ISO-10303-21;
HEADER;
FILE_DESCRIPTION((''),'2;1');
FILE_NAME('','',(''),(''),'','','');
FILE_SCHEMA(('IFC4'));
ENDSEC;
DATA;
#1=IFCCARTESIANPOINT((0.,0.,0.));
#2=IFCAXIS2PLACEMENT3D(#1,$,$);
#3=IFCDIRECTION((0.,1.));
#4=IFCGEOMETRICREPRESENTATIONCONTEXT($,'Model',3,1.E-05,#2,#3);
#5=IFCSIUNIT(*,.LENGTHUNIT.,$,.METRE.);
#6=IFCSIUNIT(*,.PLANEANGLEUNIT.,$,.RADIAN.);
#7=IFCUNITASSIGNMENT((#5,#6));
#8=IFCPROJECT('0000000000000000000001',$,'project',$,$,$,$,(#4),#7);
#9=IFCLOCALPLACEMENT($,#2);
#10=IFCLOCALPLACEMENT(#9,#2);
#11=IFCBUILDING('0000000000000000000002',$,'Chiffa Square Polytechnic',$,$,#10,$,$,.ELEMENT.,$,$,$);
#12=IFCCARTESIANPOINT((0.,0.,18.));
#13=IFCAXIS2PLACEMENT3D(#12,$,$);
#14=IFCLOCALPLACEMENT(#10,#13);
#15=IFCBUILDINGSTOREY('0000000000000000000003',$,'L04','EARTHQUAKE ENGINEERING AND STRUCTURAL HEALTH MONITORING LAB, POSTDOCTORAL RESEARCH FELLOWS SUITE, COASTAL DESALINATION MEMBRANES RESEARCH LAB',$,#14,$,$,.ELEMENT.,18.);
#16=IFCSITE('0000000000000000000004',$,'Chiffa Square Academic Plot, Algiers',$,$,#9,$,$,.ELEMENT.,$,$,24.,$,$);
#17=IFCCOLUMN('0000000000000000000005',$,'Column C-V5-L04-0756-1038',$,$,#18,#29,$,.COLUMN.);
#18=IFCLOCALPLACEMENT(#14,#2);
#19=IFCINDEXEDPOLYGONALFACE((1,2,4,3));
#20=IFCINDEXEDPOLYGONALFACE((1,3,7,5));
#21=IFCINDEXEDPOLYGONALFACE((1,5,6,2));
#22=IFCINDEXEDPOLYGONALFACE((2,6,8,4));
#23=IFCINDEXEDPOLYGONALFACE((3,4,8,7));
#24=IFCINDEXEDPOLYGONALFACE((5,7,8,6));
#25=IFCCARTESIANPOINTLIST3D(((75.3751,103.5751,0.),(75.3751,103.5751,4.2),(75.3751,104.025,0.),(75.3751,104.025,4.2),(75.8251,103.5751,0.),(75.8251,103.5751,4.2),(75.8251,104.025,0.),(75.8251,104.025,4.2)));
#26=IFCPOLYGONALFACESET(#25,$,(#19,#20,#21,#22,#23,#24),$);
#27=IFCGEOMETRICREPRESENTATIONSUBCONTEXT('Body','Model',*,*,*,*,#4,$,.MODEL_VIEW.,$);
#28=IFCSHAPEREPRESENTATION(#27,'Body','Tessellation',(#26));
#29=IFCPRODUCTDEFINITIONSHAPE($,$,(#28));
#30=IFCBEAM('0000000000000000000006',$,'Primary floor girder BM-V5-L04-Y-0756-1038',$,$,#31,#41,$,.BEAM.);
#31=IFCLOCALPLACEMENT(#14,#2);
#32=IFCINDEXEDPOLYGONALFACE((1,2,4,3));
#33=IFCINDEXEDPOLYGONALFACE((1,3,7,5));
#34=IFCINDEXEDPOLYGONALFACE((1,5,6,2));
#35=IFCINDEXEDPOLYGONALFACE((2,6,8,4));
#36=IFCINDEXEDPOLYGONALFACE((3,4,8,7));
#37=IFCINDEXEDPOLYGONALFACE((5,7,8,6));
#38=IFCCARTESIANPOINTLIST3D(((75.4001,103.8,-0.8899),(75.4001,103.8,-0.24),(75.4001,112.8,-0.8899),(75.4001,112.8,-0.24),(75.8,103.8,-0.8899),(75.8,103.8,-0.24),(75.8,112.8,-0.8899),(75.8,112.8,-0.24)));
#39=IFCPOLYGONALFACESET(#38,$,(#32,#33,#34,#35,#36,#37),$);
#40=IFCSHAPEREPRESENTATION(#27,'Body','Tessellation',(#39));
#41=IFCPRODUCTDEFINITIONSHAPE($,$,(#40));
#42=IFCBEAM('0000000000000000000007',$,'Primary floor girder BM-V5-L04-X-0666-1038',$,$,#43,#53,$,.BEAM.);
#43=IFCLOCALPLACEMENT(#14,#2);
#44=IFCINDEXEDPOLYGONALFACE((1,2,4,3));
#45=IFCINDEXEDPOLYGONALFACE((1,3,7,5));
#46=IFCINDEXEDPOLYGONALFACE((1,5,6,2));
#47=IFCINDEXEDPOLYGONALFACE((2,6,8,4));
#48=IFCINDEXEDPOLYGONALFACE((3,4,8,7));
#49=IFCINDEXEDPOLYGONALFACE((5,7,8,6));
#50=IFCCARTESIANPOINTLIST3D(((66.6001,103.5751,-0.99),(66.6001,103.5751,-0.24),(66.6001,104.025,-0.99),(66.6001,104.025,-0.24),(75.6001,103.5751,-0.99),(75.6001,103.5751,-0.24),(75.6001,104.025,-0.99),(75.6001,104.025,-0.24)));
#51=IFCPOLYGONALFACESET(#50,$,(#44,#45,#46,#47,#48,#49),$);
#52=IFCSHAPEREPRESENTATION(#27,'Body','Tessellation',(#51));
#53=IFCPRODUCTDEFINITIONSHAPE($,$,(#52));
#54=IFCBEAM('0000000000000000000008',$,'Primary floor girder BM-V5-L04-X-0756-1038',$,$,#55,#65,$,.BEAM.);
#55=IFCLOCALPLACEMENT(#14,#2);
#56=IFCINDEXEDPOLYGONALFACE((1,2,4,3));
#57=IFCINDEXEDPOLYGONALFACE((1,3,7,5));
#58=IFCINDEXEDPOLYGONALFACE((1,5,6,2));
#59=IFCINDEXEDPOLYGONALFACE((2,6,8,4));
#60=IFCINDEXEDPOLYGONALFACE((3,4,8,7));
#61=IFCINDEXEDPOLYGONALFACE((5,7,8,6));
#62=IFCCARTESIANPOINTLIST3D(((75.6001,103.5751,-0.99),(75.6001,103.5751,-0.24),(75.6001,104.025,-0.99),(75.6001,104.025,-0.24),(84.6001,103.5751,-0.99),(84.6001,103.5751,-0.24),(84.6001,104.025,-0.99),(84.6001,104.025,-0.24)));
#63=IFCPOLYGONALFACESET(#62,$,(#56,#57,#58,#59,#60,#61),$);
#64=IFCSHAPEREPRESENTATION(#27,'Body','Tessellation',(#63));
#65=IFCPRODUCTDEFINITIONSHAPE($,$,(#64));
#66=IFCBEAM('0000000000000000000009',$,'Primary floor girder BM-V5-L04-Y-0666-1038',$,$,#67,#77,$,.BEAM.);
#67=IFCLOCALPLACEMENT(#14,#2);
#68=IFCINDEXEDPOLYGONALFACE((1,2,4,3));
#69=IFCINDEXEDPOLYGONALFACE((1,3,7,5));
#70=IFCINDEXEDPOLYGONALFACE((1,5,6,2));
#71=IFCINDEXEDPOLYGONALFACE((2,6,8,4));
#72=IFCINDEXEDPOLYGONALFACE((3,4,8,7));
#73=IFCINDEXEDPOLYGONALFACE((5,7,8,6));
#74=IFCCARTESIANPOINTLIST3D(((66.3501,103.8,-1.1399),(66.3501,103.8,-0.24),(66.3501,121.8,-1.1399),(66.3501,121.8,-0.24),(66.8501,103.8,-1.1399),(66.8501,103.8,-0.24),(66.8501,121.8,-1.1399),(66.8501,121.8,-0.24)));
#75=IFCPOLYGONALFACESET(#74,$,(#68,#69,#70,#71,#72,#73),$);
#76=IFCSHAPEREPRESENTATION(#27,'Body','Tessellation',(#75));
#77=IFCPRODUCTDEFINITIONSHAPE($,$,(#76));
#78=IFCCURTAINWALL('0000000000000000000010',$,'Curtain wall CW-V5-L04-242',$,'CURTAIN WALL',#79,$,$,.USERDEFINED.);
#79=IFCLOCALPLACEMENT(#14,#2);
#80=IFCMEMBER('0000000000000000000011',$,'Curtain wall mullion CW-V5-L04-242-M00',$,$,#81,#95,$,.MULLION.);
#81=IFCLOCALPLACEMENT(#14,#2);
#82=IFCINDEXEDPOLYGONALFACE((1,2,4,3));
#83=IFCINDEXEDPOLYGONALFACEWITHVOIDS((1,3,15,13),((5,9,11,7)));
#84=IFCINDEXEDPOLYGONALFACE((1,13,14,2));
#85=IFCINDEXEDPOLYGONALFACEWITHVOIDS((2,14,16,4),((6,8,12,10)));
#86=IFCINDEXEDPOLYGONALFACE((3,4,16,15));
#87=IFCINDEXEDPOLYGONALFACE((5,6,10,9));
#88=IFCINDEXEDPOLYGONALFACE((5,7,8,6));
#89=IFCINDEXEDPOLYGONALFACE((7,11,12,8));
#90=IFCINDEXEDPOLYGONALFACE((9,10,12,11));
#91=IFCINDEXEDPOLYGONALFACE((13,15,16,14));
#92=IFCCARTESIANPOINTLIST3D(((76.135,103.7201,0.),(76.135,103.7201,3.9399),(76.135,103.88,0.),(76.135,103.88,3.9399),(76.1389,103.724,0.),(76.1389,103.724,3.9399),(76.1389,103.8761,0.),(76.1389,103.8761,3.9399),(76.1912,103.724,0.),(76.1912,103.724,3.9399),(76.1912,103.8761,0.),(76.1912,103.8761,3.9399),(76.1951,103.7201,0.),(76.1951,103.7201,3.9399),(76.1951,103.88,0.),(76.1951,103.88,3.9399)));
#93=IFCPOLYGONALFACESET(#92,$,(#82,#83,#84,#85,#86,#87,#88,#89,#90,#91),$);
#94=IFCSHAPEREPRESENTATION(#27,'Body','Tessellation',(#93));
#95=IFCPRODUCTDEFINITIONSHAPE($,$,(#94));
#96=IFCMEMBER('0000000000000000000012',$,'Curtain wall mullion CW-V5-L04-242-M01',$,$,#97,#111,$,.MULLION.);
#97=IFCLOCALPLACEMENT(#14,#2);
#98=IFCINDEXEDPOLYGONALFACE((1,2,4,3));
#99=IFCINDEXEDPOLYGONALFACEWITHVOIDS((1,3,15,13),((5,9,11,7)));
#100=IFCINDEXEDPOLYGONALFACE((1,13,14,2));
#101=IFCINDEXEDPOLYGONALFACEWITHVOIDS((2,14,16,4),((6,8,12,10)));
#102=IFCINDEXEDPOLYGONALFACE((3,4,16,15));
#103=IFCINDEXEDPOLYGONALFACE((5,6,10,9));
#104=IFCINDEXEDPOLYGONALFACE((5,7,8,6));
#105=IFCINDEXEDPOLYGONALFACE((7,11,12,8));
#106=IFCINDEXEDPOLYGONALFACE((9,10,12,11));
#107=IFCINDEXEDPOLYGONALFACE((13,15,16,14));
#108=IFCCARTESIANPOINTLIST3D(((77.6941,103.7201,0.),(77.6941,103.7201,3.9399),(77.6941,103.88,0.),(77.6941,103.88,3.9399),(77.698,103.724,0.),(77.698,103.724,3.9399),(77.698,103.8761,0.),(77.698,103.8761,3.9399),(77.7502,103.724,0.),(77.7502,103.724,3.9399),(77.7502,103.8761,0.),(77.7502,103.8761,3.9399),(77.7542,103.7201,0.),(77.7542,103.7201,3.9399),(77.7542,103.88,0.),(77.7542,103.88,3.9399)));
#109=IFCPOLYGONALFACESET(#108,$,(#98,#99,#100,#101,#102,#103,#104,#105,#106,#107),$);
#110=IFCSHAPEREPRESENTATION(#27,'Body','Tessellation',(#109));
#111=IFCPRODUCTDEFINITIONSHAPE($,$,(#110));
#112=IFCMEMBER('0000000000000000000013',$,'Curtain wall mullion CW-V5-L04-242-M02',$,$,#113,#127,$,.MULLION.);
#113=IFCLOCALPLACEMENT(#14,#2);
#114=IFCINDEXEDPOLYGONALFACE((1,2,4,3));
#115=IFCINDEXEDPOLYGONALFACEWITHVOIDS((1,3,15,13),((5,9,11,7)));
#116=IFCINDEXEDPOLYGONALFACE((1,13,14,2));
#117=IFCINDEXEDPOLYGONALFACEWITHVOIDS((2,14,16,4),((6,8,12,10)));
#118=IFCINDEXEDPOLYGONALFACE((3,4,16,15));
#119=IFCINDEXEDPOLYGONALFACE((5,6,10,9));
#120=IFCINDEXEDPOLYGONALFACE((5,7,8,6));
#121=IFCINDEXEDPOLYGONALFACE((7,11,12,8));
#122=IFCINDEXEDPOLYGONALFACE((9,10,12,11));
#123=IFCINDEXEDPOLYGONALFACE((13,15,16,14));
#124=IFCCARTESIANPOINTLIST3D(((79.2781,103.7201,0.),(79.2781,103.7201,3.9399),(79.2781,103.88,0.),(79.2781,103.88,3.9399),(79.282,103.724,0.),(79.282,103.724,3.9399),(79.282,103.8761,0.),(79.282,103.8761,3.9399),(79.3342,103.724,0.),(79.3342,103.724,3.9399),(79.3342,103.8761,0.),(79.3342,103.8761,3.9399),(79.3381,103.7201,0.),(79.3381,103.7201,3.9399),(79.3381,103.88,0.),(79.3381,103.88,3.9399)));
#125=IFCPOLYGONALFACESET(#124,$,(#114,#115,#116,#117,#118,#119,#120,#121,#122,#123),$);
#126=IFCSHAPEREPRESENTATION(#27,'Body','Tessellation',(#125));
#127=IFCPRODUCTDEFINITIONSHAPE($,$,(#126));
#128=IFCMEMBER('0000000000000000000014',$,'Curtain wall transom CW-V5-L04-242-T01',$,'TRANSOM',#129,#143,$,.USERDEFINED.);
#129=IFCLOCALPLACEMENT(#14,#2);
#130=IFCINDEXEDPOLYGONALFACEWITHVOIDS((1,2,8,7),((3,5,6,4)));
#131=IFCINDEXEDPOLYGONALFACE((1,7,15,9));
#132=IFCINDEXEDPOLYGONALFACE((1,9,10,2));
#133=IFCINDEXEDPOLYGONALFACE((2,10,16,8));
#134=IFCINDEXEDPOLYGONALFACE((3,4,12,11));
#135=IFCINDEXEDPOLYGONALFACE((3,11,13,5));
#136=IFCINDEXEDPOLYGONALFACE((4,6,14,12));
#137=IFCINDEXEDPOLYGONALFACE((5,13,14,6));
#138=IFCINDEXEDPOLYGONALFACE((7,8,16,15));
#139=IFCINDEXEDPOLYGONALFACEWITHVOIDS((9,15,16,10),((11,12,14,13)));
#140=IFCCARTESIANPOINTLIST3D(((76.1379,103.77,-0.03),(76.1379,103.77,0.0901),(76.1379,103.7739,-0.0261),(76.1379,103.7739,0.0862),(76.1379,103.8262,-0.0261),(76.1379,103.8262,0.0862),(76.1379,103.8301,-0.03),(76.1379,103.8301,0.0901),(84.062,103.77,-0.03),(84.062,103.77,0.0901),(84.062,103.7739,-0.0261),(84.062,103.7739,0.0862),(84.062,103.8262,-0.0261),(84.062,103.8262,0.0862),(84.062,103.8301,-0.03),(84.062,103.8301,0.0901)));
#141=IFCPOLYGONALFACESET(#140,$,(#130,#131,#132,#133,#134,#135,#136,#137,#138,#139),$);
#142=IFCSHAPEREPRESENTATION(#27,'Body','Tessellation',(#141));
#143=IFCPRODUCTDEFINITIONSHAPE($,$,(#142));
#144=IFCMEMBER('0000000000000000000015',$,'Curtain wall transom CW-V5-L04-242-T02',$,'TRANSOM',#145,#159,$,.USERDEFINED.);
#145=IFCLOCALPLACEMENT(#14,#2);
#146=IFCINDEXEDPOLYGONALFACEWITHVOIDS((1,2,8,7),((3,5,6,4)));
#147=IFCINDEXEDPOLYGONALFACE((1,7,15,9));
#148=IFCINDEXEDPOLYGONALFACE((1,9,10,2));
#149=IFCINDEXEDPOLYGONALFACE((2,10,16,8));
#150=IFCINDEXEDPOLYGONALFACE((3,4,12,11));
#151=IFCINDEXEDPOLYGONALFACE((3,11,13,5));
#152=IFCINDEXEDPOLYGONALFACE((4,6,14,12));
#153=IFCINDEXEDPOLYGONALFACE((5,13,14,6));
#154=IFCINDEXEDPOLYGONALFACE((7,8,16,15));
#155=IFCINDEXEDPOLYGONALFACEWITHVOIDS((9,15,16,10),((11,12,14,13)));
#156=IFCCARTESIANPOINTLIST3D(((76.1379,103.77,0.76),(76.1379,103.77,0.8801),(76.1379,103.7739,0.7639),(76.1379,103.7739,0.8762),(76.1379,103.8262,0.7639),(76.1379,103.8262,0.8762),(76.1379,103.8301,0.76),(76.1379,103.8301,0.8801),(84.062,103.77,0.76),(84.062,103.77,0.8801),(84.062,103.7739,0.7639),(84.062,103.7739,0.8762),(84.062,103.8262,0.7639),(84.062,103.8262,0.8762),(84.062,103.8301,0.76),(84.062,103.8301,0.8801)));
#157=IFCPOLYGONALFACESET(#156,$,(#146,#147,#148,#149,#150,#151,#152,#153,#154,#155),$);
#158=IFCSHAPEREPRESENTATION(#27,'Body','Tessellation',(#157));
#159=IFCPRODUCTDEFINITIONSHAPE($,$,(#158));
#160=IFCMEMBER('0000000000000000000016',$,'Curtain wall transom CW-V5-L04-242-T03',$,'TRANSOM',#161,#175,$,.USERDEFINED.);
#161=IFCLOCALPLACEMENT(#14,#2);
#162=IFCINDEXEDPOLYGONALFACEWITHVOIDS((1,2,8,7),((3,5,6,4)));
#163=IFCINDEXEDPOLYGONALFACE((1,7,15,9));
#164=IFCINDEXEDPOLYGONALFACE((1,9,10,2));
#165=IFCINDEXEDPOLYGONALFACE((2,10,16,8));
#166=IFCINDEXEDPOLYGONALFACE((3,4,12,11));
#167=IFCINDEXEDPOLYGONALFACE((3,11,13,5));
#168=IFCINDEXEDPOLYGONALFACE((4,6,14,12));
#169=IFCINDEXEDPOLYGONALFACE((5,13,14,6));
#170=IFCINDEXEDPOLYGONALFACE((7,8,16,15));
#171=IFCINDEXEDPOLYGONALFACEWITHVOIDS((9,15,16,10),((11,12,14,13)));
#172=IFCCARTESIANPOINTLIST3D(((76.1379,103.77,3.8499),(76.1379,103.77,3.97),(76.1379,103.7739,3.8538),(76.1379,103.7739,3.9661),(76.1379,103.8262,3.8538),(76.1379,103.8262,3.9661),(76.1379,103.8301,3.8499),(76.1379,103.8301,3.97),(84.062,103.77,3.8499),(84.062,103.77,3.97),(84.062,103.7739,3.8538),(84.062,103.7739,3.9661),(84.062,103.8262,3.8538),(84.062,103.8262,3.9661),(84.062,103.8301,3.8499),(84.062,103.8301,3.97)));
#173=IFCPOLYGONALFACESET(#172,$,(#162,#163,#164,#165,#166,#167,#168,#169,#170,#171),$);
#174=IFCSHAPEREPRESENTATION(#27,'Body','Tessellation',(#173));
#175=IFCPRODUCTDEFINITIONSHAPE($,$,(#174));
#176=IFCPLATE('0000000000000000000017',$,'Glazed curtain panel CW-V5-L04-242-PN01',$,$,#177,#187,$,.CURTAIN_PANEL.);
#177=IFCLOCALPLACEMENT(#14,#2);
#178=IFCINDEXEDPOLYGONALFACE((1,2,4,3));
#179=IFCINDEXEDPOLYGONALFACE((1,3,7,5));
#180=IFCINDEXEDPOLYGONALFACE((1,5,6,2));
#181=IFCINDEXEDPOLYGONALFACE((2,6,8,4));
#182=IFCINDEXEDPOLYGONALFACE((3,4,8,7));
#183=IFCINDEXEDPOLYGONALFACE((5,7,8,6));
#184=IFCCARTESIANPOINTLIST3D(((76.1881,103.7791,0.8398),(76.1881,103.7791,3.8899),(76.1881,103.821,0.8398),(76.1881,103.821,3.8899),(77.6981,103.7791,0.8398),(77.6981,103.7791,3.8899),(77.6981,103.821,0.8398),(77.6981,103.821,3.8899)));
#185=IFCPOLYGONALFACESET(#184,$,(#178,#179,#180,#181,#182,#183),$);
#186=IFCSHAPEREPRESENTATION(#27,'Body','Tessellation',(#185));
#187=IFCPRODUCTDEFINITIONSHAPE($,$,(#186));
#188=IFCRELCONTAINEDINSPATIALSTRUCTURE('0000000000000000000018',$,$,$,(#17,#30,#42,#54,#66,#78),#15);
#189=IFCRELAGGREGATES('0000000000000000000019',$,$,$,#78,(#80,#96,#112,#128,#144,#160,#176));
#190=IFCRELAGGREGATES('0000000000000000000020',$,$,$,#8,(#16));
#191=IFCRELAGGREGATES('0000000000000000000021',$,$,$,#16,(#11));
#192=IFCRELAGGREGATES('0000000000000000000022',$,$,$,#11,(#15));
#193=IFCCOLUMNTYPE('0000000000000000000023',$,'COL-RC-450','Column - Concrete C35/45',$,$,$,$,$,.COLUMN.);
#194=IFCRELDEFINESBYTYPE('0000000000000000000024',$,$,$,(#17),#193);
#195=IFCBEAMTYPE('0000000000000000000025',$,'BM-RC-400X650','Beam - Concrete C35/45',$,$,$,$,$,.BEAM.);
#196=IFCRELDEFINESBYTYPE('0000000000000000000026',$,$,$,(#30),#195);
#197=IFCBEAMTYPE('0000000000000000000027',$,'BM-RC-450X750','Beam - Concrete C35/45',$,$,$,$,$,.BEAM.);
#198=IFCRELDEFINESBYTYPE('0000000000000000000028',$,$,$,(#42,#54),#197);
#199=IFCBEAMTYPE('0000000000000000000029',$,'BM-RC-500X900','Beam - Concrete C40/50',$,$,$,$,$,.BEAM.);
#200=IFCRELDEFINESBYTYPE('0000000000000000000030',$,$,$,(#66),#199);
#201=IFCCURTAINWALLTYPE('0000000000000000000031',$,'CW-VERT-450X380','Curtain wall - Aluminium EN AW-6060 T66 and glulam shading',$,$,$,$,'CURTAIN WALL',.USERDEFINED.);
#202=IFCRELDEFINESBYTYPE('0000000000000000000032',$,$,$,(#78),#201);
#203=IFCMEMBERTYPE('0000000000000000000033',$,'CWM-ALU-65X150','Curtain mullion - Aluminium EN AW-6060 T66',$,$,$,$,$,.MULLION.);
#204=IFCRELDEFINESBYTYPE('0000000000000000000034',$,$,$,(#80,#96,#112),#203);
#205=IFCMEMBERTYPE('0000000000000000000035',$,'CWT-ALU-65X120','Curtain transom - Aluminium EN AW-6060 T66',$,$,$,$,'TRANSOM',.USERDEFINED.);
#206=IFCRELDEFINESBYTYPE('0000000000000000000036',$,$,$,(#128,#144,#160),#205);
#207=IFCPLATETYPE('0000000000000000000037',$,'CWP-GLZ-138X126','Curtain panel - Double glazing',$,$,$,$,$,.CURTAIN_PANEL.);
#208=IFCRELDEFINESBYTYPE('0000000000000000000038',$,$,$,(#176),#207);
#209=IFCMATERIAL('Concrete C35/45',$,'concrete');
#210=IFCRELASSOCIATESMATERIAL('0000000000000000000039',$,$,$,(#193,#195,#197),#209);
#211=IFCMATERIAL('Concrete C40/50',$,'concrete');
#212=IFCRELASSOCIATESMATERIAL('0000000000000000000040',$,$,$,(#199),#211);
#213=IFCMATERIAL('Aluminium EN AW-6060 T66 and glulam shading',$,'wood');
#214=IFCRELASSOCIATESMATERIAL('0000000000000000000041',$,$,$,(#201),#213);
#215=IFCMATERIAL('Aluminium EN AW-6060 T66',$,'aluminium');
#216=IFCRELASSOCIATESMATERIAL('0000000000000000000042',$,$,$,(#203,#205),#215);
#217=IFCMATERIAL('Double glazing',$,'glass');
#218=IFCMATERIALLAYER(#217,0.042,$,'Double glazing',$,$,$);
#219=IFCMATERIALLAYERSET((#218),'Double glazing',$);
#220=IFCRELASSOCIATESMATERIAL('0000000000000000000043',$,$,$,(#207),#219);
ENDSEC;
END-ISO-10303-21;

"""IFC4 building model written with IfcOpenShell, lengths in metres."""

from ifc_helpers import new_model, si_unit, direction, frame, origin, origin_2d, place, context, subcontext, project, spatial, rectangle, hollow_rectangle, extrude, material, layer, layer_set, material_profile, profile_set, type_object, element, aggregate, save


model = new_model("IFC4")

# Units and contexts
model_context = context("Model", 3, precision=1e-05, world=origin(), true_north=direction((0.0, 1.0)))
body_context = subcontext(model_context, "Body", "Model", "MODEL_VIEW")
ifc_project = project(units=[si_unit("LENGTHUNIT", "METRE"), si_unit("PLANEANGLEUNIT", "RADIAN")], contexts=[model_context])

# Site, building, storey
site_placement = place(None, origin())
site = spatial("IfcSite", under=ifc_project, at=site_placement, Name="Chiffa Square Academic Plot, Algiers", CompositionType="ELEMENT", RefElevation=24.0)
building_placement = place(site_placement, origin())
building = spatial("IfcBuilding", under=site, at=building_placement, Name="Chiffa Square Polytechnic", CompositionType="ELEMENT")
storey_placement = place(building_placement, frame((0.0, 0.0, 18.0)))
storey = spatial("IfcBuildingStorey", under=building, at=storey_placement, Name="L04", Description="EARTHQUAKE ENGINEERING AND STRUCTURAL HEALTH MONITORING LAB, POSTDOCTORAL RESEARCH FELLOWS SUITE, COASTAL DESALINATION MEMBRANES RESEARCH LAB", CompositionType="ELEMENT", Elevation=18.0)

# Column
ifc_material_1 = material(Name="Concrete C35/45", Category="concrete")
ifc_material_profile_1 = material_profile(ifc_material_1, rectangle(XDim=0.45, YDim=0.45, at=origin_2d()), Name="RC 450x450")
ifc_profile_set_1 = profile_set([ifc_material_profile_1], Name="Concrete C35/45")
column_type = type_object("IfcColumnType", Name="COL-RC-450", Description="Column - Concrete C35/45", PredefinedType="COLUMN", material=ifc_profile_set_1)
column_placement = place(storey_placement, frame((75.6001, 103.8, 0.0), z_axis=(0.0, 0.0, 1.0), x_axis=(1.0, 0.0, 0.0)))
element("IfcColumn", 1, at=column_placement, inside=storey, type_object=column_type, Name="Column C-V5-L04-0756-1038", PredefinedType="COLUMN", context=body_context, shape_type="SweptSolid", body=[
    extrude(rectangle(XDim=0.45, YDim=0.45, at=origin_2d()), origin(), (0.0, 0.0, 1.0), 4.2),
])

# Beams
ifc_material_profile_2 = material_profile(ifc_material_1, rectangle(XDim=0.3999, YDim=0.6499, at=origin_2d()), Name="RC 400x650")
ifc_profile_set_2 = profile_set([ifc_material_profile_2], Name="Concrete C35/45")
beam_type_1 = type_object("IfcBeamType", Name="BM-RC-400X650", Description="Beam - Concrete C35/45", PredefinedType="BEAM", material=ifc_profile_set_2)
beam_1_placement = place(storey_placement, frame((75.6001, 103.8, -0.5649), z_axis=(0.0, 1.0, 0.0), x_axis=(-1.0, 0.0, 0.0)))
element("IfcBeam", 2, at=beam_1_placement, inside=storey, type_object=beam_type_1, Name="Primary floor girder BM-V5-L04-Y-0756-1038", PredefinedType="BEAM", context=body_context, shape_type="SweptSolid", body=[
    extrude(rectangle(XDim=0.3999, YDim=0.6499, at=origin_2d()), origin(), (0.0, 0.0, 1.0), 9.0),
])
ifc_material_profile_3 = material_profile(ifc_material_1, rectangle(XDim=0.45, YDim=0.75, at=origin_2d()), Name="RC 450x750")
ifc_profile_set_3 = profile_set([ifc_material_profile_3], Name="Concrete C35/45")
beam_type_2 = type_object("IfcBeamType", Name="BM-RC-450X750", Description="Beam - Concrete C35/45", PredefinedType="BEAM", material=ifc_profile_set_3)
for number, where, z_axis, x_axis, name in (
    (3, (66.6001, 103.8, -0.615), (1.0, 0.0, 0.0), (0.0, 1.0, 0.0), "Primary floor girder BM-V5-L04-X-0666-1038"),
    (4, (75.6001, 103.8, -0.615), (1.0, 0.0, 0.0), (0.0, 1.0, 0.0), "Primary floor girder BM-V5-L04-X-0756-1038"),
):
    element("IfcBeam", number, at=place(storey_placement, frame(where, z_axis=z_axis, x_axis=x_axis)), inside=storey, type_object=beam_type_2, Name=name, PredefinedType="BEAM", context=body_context, shape_type="SweptSolid", body=[
        extrude(rectangle(XDim=0.45, YDim=0.75, at=origin_2d()), origin(), (0.0, 0.0, 1.0), 9.0),
    ])
ifc_material_2 = material(Name="Concrete C40/50", Category="concrete")
ifc_material_profile_4 = material_profile(ifc_material_2, rectangle(XDim=0.5, YDim=0.8999, at=origin_2d()), Name="RC 500x900")
ifc_profile_set_4 = profile_set([ifc_material_profile_4], Name="Concrete C40/50")
beam_type_3 = type_object("IfcBeamType", Name="BM-RC-500X900", Description="Beam - Concrete C40/50", PredefinedType="BEAM", material=ifc_profile_set_4)
beam_2_placement = place(storey_placement, frame((66.6001, 103.8, -0.6899), z_axis=(0.0, 1.0, 0.0), x_axis=(-1.0, 0.0, 0.0)))
element("IfcBeam", 5, at=beam_2_placement, inside=storey, type_object=beam_type_3, Name="Primary floor girder BM-V5-L04-Y-0666-1038", PredefinedType="BEAM", context=body_context, shape_type="SweptSolid", body=[
    extrude(rectangle(XDim=0.5, YDim=0.8999, at=origin_2d()), origin(), (0.0, 0.0, 1.0), 18.0),
])

# Curtain wall, members, plate
ifc_material_3 = material(Name="Aluminium EN AW-6060 T66 and glulam shading", Category="wood")
curtain_wall_type = type_object("IfcCurtainWallType", Name="CW-VERT-450X380", Description="Curtain wall - Aluminium EN AW-6060 T66 and glulam shading", ElementType="CURTAIN WALL", PredefinedType="USERDEFINED", material=ifc_material_3)
curtain_wall_placement = place(storey_placement, origin())
curtain_wall = element("IfcCurtainWall", 6, at=curtain_wall_placement, inside=storey, type_object=curtain_wall_type, Name="Curtain wall CW-V5-L04-242", ObjectType="CURTAIN WALL", PredefinedType="USERDEFINED")
ifc_material_4 = material(Name="Aluminium EN AW-6060 T66", Category="aluminium")
ifc_material_profile_5 = material_profile(ifc_material_4, hollow_rectangle(XDim=0.0601, YDim=0.1599, WallThickness=0.0039, at=origin_2d()), Name="ALU 60x160x4")
ifc_profile_set_5 = profile_set([ifc_material_profile_5], Name="Aluminium EN AW-6060 T66")
member_type_1 = type_object("IfcMemberType", Name="CWM-ALU-65X150", Description="Curtain mullion - Aluminium EN AW-6060 T66", PredefinedType="MULLION", material=ifc_profile_set_5)
member_1_placement = place(storey_placement, frame((76.165, 103.8, 0.0), z_axis=(0.0, 0.0, 1.0), x_axis=(1.0, 0.0, 0.0)))
member_1 = element("IfcMember", 7, at=member_1_placement, type_object=member_type_1, Name="Curtain wall mullion CW-V5-L04-242-M00", PredefinedType="MULLION", context=body_context, shape_type="SweptSolid", body=[
    extrude(hollow_rectangle(XDim=0.0601, YDim=0.1599, WallThickness=0.0039, at=origin_2d()), origin(), (0.0, 0.0, 1.0), 3.9399),
])
member_2_placement = place(storey_placement, frame((77.7241, 103.8, 0.0), z_axis=(0.0, 0.0, 1.0), x_axis=(1.0, 0.0, 0.0)))
member_2 = element("IfcMember", 8, at=member_2_placement, type_object=member_type_1, Name="Curtain wall mullion CW-V5-L04-242-M01", PredefinedType="MULLION", context=body_context, shape_type="SweptSolid", body=[
    extrude(hollow_rectangle(XDim=0.0601, YDim=0.1599, WallThickness=0.0039, at=origin_2d()), origin(), (0.0, 0.0, 1.0), 3.9399),
])
member_3_placement = place(storey_placement, frame((79.3081, 103.8, 0.0), z_axis=(0.0, 0.0, 1.0), x_axis=(1.0, 0.0, 0.0)))
member_3 = element("IfcMember", 9, at=member_3_placement, type_object=member_type_1, Name="Curtain wall mullion CW-V5-L04-242-M02", PredefinedType="MULLION", context=body_context, shape_type="SweptSolid", body=[
    extrude(hollow_rectangle(XDim=0.0601, YDim=0.1599, WallThickness=0.0039, at=origin_2d()), origin(), (0.0, 0.0, 1.0), 3.9399),
])
ifc_material_profile_6 = material_profile(ifc_material_4, hollow_rectangle(XDim=0.0601, YDim=0.1201, WallThickness=0.0039, at=origin_2d()), Name="ALU 60x120x4")
ifc_profile_set_6 = profile_set([ifc_material_profile_6], Name="Aluminium EN AW-6060 T66")
member_type_2 = type_object("IfcMemberType", Name="CWT-ALU-65X120", Description="Curtain transom - Aluminium EN AW-6060 T66", ElementType="TRANSOM", PredefinedType="USERDEFINED", material=ifc_profile_set_6)
member_4_placement = place(storey_placement, frame((76.1379, 103.8, 0.03), z_axis=(1.0, 0.0, 0.0), x_axis=(0.0, 1.0, 0.0)))
member_4 = element("IfcMember", 10, at=member_4_placement, type_object=member_type_2, Name="Curtain wall transom CW-V5-L04-242-T01", ObjectType="TRANSOM", PredefinedType="USERDEFINED", context=body_context, shape_type="SweptSolid", body=[
    extrude(hollow_rectangle(XDim=0.0601, YDim=0.1201, WallThickness=0.0039, at=origin_2d()), origin(), (0.0, 0.0, 1.0), 7.9241),
])
member_5_placement = place(storey_placement, frame((76.1379, 103.8, 0.8201), z_axis=(1.0, 0.0, 0.0), x_axis=(0.0, 1.0, 0.0)))
member_5 = element("IfcMember", 11, at=member_5_placement, type_object=member_type_2, Name="Curtain wall transom CW-V5-L04-242-T02", ObjectType="TRANSOM", PredefinedType="USERDEFINED", context=body_context, shape_type="SweptSolid", body=[
    extrude(hollow_rectangle(XDim=0.0601, YDim=0.1201, WallThickness=0.0039, at=origin_2d()), origin(), (0.0, 0.0, 1.0), 7.9241),
])
member_6_placement = place(storey_placement, frame((76.1379, 103.8, 3.9099), z_axis=(1.0, 0.0, 0.0), x_axis=(0.0, 1.0, 0.0)))
member_6 = element("IfcMember", 12, at=member_6_placement, type_object=member_type_2, Name="Curtain wall transom CW-V5-L04-242-T03", ObjectType="TRANSOM", PredefinedType="USERDEFINED", context=body_context, shape_type="SweptSolid", body=[
    extrude(hollow_rectangle(XDim=0.0601, YDim=0.1201, WallThickness=0.0039, at=origin_2d()), origin(), (0.0, 0.0, 1.0), 7.9241),
])
ifc_material_5 = material(Name="Double glazing", Category="glass")
ifc_layer_1 = layer(ifc_material_5, 0.042, Name="Double glazing")
ifc_layer_set_1 = layer_set([ifc_layer_1], Name="Double glazing")
plate_type_1 = type_object("IfcPlateType", Name="CWP-GLZ-138X126", Description="Curtain panel - Double glazing", PredefinedType="CURTAIN_PANEL", material=ifc_layer_set_1)
plate_1_placement = place(storey_placement, frame((76.9431, 103.8, 0.8398), z_axis=(0.0, 0.0, 1.0), x_axis=(1.0, 0.0, 0.0)))
plate_1 = element("IfcPlate", 13, at=plate_1_placement, type_object=plate_type_1, Name="Glazed curtain panel CW-V5-L04-242-PN01", PredefinedType="CURTAIN_PANEL", context=body_context, shape_type="SweptSolid", body=[
    extrude(rectangle(XDim=1.51, YDim=0.042, at=origin_2d()), origin(), (0.0, 0.0, 1.0), 3.05),
])
aggregate(curtain_wall, [member_1, member_2, member_3, member_4, member_5, member_6, plate_1])

save(model, "model.ifc")
